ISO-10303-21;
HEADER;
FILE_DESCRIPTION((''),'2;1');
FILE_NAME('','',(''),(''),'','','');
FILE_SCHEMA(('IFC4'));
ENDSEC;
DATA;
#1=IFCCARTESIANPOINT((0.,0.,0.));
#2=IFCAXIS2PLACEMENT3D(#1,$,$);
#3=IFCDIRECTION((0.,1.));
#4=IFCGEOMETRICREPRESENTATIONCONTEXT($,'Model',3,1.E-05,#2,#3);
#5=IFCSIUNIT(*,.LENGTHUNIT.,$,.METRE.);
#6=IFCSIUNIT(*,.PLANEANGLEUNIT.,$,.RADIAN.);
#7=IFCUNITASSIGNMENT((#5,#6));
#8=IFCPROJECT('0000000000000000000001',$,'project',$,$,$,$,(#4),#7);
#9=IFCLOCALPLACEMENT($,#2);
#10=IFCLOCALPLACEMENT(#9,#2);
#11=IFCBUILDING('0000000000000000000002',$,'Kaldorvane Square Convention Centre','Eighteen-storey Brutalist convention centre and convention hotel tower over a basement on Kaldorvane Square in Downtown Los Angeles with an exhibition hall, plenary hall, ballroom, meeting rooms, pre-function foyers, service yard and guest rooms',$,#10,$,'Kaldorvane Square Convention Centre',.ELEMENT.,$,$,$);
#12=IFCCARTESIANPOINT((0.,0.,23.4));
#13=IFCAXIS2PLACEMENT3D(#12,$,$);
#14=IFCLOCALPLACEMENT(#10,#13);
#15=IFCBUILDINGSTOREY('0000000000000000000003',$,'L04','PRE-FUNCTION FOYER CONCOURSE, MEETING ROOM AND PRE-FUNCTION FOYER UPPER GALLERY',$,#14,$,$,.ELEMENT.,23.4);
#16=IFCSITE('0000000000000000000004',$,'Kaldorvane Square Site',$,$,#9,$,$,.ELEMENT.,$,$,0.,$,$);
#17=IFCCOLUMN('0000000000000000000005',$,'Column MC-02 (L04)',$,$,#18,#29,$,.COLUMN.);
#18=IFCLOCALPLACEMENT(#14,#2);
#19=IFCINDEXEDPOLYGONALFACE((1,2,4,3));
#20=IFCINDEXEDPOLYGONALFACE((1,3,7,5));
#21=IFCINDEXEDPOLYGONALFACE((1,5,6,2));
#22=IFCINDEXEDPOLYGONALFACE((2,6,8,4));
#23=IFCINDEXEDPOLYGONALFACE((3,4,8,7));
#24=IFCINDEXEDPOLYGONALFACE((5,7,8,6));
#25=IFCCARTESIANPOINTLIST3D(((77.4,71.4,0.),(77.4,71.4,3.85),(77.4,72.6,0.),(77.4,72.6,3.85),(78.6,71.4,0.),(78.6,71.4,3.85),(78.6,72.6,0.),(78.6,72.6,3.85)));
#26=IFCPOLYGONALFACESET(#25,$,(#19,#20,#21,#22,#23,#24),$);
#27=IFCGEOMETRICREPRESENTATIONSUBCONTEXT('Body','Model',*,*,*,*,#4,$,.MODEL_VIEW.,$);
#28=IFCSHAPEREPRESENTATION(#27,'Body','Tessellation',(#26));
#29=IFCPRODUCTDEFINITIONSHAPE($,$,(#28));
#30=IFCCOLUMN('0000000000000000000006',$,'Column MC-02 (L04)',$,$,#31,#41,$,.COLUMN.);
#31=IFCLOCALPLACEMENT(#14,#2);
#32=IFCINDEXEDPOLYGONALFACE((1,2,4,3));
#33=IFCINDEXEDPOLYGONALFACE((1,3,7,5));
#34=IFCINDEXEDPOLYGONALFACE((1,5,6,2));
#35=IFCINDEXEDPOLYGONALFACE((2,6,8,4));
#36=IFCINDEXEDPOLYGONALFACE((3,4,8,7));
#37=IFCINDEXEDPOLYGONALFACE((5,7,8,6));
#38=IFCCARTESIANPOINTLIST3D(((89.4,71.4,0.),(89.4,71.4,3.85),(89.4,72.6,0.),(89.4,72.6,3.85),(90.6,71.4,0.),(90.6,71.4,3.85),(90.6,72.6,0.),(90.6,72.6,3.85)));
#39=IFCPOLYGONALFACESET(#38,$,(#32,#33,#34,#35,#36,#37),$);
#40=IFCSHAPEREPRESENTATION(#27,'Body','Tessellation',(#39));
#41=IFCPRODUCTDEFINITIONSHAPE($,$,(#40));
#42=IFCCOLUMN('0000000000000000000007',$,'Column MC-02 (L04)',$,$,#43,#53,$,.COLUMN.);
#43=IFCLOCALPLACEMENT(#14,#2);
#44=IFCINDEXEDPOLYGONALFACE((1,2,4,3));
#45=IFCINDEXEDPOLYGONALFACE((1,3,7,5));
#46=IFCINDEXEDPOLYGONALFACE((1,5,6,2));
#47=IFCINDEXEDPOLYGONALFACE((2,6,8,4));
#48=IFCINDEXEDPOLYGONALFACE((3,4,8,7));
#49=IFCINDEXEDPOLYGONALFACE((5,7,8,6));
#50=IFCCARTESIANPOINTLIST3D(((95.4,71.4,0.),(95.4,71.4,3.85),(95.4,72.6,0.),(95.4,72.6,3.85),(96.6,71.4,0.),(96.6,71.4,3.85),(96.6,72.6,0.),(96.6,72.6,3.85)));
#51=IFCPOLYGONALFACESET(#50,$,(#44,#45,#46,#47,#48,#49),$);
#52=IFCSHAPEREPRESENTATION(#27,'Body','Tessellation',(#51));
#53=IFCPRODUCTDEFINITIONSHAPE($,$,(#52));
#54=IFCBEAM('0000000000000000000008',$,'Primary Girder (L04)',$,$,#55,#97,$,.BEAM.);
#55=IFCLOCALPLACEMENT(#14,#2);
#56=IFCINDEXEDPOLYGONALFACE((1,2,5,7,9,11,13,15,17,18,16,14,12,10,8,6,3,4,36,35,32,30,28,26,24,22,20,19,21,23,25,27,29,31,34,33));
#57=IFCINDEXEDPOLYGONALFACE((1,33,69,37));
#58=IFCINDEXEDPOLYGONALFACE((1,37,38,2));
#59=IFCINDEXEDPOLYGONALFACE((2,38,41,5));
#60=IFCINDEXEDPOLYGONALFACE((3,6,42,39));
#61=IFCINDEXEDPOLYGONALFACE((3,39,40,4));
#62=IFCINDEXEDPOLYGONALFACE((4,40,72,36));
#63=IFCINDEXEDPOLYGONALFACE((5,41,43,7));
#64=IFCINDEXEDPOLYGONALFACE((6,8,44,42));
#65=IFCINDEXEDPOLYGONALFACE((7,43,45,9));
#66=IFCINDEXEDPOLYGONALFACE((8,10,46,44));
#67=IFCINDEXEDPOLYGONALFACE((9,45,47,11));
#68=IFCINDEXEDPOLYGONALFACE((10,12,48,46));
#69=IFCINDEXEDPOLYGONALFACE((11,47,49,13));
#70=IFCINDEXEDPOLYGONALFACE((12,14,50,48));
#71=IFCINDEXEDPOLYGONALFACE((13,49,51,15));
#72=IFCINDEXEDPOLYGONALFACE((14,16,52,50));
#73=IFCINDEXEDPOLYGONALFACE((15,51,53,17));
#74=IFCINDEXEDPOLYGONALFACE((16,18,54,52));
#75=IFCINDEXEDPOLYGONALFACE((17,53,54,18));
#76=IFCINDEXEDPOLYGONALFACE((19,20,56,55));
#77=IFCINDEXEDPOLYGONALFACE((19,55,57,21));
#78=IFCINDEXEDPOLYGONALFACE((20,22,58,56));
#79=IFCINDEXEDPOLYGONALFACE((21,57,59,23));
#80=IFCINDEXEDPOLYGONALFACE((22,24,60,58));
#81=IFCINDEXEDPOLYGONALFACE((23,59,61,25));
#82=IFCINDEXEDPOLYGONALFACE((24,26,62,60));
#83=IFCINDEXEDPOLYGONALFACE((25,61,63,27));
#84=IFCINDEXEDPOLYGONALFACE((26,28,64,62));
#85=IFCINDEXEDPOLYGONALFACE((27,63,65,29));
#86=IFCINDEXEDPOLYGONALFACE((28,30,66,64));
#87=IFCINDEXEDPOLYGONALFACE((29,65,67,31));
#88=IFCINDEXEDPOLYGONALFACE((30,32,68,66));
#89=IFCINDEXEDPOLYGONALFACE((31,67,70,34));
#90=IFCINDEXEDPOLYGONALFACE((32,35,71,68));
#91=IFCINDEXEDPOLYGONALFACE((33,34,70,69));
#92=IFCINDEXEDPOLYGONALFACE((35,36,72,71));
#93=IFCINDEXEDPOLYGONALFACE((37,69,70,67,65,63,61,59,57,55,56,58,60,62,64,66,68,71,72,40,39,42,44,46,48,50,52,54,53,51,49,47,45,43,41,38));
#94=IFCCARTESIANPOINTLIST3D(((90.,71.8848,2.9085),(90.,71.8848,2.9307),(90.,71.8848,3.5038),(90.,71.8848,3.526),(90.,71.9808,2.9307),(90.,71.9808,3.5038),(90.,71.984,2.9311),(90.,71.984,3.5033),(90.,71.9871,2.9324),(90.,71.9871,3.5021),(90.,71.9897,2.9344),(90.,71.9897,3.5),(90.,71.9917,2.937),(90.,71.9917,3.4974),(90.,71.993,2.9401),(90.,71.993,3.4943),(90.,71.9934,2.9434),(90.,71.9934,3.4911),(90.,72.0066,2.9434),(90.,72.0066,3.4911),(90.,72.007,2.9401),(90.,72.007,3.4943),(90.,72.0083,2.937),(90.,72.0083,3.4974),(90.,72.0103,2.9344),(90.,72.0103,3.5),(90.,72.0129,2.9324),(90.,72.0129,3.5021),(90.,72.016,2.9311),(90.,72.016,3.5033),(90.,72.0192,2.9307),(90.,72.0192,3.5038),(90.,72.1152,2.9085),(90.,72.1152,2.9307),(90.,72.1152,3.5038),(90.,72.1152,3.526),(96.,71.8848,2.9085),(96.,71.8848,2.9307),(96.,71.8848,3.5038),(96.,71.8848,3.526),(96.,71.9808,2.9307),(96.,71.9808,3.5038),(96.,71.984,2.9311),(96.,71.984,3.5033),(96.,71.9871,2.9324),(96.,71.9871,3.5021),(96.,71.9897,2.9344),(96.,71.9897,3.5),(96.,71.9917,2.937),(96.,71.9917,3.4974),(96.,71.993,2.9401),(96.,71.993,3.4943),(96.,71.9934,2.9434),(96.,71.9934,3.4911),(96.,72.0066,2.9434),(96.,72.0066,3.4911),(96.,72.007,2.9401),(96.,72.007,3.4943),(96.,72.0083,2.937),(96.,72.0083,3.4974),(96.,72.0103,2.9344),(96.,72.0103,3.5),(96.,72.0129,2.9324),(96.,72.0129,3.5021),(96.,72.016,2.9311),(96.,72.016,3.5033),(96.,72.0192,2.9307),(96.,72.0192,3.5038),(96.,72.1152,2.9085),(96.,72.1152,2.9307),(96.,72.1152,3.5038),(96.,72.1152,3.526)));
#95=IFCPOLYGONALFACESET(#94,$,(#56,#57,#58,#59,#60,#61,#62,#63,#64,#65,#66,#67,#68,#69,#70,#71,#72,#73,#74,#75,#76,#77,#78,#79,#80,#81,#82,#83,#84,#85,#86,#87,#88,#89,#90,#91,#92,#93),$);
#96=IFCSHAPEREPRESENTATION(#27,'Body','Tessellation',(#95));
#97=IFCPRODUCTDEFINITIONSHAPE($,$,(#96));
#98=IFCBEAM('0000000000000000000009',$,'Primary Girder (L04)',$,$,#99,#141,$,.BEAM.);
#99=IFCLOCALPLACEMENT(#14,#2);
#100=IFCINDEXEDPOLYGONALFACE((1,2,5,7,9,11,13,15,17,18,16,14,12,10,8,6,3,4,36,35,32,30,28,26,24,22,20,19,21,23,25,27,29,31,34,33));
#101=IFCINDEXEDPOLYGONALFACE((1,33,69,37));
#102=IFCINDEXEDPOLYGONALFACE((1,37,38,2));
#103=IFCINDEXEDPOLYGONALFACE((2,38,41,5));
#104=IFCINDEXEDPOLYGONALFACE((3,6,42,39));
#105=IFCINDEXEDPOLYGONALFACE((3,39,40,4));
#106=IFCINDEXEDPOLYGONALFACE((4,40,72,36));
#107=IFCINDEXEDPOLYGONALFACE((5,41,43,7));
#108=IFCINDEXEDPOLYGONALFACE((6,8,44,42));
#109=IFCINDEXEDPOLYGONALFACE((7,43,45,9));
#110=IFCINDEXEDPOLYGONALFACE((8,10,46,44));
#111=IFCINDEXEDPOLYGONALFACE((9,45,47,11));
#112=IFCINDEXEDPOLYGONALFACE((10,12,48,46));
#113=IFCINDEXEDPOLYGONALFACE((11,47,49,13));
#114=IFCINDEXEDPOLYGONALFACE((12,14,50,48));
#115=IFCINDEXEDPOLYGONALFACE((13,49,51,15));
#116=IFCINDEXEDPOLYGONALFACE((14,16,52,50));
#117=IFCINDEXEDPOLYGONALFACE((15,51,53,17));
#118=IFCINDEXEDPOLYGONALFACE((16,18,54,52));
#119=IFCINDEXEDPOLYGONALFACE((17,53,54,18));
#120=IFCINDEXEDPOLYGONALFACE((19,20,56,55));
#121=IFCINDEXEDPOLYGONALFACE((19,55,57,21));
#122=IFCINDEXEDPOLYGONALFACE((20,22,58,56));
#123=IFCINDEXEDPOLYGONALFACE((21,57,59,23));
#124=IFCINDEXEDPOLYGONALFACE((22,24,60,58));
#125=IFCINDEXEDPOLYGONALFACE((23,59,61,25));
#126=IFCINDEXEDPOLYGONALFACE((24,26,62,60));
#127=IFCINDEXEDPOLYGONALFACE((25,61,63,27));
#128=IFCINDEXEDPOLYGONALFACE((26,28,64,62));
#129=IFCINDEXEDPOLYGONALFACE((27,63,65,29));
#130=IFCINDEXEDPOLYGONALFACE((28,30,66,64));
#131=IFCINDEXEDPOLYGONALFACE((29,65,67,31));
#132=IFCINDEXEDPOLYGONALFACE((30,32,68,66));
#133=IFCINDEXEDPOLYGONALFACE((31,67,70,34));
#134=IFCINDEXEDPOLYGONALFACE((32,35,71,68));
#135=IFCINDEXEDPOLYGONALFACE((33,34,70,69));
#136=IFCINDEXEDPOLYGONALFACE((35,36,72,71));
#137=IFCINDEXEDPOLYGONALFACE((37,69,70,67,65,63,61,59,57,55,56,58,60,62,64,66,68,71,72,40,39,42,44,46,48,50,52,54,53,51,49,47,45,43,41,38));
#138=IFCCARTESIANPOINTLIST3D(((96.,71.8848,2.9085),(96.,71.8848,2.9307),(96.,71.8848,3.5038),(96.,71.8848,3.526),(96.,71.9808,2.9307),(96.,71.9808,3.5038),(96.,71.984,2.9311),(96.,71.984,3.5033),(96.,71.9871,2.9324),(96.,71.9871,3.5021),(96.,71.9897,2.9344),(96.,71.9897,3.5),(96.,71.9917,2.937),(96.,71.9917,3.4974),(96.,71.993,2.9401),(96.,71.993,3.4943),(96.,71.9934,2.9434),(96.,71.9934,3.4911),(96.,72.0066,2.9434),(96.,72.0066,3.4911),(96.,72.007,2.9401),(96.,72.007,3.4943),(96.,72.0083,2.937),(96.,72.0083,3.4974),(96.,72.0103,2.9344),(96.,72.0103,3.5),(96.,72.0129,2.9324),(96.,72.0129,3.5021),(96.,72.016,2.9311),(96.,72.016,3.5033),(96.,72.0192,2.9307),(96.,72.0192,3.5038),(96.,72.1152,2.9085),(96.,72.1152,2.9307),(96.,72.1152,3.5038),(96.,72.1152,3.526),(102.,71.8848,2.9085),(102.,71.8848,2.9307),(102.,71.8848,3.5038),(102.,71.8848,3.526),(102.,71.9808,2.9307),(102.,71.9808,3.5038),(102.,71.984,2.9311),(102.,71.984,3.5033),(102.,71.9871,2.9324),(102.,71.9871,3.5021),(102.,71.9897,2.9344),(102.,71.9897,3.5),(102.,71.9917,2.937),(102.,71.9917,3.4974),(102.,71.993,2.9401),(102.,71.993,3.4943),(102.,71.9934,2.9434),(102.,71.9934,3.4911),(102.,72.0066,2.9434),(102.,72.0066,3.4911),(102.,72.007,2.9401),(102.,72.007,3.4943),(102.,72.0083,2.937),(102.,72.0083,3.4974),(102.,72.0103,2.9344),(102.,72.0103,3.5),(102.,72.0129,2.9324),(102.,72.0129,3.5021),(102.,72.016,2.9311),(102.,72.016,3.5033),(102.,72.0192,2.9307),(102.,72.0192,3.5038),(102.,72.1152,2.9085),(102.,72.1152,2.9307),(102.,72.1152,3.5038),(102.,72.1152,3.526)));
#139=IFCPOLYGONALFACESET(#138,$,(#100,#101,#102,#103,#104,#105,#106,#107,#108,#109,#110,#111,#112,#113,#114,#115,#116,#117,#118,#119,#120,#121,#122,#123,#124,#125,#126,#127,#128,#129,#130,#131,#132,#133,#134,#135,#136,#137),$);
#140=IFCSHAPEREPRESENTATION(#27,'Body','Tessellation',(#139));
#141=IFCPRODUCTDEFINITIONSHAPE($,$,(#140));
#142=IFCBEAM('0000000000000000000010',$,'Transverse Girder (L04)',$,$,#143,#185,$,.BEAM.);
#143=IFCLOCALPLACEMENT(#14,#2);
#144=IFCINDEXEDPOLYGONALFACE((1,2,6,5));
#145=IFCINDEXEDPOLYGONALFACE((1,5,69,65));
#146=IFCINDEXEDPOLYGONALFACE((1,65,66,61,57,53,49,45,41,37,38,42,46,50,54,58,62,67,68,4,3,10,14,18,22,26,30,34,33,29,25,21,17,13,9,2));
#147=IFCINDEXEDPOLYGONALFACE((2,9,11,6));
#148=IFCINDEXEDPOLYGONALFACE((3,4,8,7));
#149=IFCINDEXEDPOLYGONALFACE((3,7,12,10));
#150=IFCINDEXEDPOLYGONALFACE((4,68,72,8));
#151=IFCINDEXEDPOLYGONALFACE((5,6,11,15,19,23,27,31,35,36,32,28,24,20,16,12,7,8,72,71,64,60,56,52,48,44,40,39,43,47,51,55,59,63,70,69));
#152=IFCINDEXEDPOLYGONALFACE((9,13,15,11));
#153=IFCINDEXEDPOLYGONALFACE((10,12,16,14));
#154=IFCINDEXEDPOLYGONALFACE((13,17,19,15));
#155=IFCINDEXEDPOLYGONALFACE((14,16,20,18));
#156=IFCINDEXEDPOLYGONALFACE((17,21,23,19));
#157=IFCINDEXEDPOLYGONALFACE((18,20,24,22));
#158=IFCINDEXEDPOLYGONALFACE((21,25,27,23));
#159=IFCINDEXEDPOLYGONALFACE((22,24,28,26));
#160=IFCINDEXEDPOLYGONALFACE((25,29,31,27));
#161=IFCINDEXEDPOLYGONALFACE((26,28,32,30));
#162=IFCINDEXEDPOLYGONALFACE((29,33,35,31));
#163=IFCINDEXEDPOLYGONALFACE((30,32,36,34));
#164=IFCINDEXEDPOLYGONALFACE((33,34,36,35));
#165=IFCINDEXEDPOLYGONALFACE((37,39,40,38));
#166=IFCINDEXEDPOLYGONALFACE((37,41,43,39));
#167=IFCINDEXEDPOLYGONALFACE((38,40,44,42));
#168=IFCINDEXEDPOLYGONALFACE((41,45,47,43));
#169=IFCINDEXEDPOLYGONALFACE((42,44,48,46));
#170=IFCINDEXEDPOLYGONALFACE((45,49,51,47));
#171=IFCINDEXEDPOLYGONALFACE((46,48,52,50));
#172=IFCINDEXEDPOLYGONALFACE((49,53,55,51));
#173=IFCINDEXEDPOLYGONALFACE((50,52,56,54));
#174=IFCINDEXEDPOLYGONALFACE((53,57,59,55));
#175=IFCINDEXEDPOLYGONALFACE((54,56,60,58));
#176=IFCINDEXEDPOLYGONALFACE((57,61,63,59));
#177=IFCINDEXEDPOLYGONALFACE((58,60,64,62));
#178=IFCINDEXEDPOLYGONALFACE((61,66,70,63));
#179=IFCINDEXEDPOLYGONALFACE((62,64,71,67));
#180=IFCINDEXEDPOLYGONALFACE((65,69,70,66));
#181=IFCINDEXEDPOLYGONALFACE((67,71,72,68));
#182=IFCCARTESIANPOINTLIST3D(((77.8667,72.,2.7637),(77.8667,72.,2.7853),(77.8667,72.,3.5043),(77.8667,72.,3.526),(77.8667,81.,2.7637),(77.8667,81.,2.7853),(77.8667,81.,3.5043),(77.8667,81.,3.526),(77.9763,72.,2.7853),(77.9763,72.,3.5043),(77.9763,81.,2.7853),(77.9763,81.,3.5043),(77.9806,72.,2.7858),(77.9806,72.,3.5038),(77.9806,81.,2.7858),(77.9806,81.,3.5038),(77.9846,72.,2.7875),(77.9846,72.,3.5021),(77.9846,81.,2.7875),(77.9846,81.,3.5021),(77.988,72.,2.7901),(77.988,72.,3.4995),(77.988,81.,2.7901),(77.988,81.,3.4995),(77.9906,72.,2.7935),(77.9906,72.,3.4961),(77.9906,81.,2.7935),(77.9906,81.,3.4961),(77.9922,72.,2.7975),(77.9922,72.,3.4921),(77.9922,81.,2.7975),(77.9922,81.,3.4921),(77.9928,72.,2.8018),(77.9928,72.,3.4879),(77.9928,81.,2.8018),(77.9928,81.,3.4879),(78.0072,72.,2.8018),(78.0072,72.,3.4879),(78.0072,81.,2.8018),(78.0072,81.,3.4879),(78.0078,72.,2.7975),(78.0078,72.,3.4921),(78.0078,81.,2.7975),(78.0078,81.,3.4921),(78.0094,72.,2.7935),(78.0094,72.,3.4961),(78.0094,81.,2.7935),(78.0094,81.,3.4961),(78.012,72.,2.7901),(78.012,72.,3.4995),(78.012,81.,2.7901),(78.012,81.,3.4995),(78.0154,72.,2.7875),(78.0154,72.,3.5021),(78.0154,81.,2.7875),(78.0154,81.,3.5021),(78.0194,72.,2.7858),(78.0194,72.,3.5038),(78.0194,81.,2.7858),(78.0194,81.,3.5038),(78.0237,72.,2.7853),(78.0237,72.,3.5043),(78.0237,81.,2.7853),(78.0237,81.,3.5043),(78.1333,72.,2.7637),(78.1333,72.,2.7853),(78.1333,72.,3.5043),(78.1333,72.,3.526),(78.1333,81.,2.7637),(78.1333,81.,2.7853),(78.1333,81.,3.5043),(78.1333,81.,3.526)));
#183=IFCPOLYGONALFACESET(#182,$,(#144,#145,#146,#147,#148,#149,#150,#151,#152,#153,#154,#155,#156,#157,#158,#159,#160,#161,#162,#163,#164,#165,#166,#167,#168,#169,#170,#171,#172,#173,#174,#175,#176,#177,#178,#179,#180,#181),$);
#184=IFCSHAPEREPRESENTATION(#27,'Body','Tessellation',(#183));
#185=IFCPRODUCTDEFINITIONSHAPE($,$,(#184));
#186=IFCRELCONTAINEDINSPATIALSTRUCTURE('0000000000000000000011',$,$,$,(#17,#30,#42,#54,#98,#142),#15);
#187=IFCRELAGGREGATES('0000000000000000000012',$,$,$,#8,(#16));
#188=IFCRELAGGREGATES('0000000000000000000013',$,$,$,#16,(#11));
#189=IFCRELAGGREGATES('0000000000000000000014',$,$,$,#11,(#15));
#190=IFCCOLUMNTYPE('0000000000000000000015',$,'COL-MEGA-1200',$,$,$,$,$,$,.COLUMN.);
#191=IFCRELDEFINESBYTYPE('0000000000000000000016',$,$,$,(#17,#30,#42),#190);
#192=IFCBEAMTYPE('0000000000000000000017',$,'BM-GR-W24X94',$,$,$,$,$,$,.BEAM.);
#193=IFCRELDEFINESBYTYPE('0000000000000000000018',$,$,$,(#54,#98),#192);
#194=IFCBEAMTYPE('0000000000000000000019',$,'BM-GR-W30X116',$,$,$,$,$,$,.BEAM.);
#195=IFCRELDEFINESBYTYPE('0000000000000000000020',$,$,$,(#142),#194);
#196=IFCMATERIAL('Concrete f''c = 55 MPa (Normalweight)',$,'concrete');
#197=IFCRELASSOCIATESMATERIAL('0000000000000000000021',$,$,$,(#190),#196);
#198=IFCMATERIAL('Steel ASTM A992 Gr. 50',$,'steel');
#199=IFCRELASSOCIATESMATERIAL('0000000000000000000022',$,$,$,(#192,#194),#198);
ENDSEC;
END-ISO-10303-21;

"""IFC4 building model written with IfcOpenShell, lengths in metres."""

from ifc_helpers import new_model, si_unit, direction, frame, origin, origin_2d, place, context, subcontext, project, spatial, rectangle, i_section, extrude, material, material_profile, profile_set, type_object, element, save


model = new_model("IFC4")

# Units and contexts
model_context = context("Model", 3, precision=1e-05, world=origin(), true_north=direction((0.0, 1.0)))
body_context = subcontext(model_context, "Body", "Model", "MODEL_VIEW")
ifc_project = project(units=[si_unit("LENGTHUNIT", "METRE"), si_unit("PLANEANGLEUNIT", "RADIAN")], contexts=[model_context])

# Site, building, storey
site_placement = place(None, origin())
site = spatial("IfcSite", under=ifc_project, at=site_placement, Name="Kaldorvane Square Site", CompositionType="ELEMENT", RefElevation=0.0)
building_placement = place(site_placement, origin())
building = spatial("IfcBuilding", under=site, at=building_placement, Name="Kaldorvane Square Convention Centre", Description="Eighteen-storey Brutalist convention centre and convention hotel tower over a basement on Kaldorvane Square in Downtown Los Angeles with an exhibition hall, plenary hall, ballroom, meeting rooms, pre-function foyers, service yard and guest rooms", LongName="Kaldorvane Square Convention Centre", CompositionType="ELEMENT")
storey_placement = place(building_placement, frame((0.0, 0.0, 23.4)))
storey = spatial("IfcBuildingStorey", under=building, at=storey_placement, Name="L04", Description="PRE-FUNCTION FOYER CONCOURSE, MEETING ROOM AND PRE-FUNCTION FOYER UPPER GALLERY", CompositionType="ELEMENT", Elevation=23.4)

# Columns
ifc_material_1 = material(Name="Concrete f'c = 55 MPa (Normalweight)", Category="concrete")
ifc_material_profile_1 = material_profile(ifc_material_1, rectangle(XDim=1.2, YDim=1.2, at=origin_2d()), Name="RC1200X1200")
ifc_profile_set_1 = profile_set([ifc_material_profile_1], Name="Concrete f'c = 55 MPa (Normalweight)")
column_type = type_object("IfcColumnType", Name="COL-MEGA-1200", PredefinedType="COLUMN", material=ifc_profile_set_1)
for number, where, z_axis, x_axis, name in (
    (1, (78.0, 72.0, 0.0), (0.0, 0.0, 1.0), (1.0, 0.0, 0.0), "Column MC-02 (L04)"),
    (2, (90.0, 72.0, 0.0), (0.0, 0.0, 1.0), (1.0, 0.0, 0.0), "Column MC-02 (L04)"),
    (3, (96.0, 72.0, 0.0), (0.0, 0.0, 1.0), (1.0, 0.0, 0.0), "Column MC-02 (L04)"),
):
    element("IfcColumn", number, at=place(storey_placement, frame(where, z_axis=z_axis, x_axis=x_axis)), inside=storey, type_object=column_type, Name=name, PredefinedType="COLUMN", context=body_context, shape_type="SweptSolid", body=[
        extrude(rectangle(XDim=1.2, YDim=1.2, at=origin_2d()), origin(), (0.0, 0.0, 1.0), 3.85),
    ])

# Beams
ifc_material_2 = material(Name="Steel ASTM A992 Gr. 50", Category="steel")
ifc_material_profile_2 = material_profile(ifc_material_2, i_section(OverallWidth=0.2303, OverallDepth=0.6175, WebThickness=0.0131, FlangeThickness=0.0222, FilletRadius=0.0127, at=origin_2d()), Name="W24X94")
ifc_profile_set_2 = profile_set([ifc_material_profile_2], Name="Steel ASTM A992 Gr. 50")
beam_type_1 = type_object("IfcBeamType", Name="BM-GR-W24X94", PredefinedType="BEAM", material=ifc_profile_set_2)
for number, where, z_axis, x_axis, name in (
    (4, (90.0, 72.0, 3.2172), (1.0, 0.0, 0.0), (0.0, 1.0, 0.0), "Primary Girder (L04)"),
    (5, (96.0, 72.0, 3.2172), (1.0, 0.0, 0.0), (0.0, 1.0, 0.0), "Primary Girder (L04)"),
):
    element("IfcBeam", number, at=place(storey_placement, frame(where, z_axis=z_axis, x_axis=x_axis)), inside=storey, type_object=beam_type_1, Name=name, PredefinedType="BEAM", context=body_context, shape_type="SweptSolid", body=[
        extrude(i_section(OverallWidth=0.2303, OverallDepth=0.6175, WebThickness=0.0131, FlangeThickness=0.0222, FilletRadius=0.0127, at=origin_2d()), origin(), (0.0, 0.0, 1.0), 6.0),
    ])
ifc_material_profile_3 = material_profile(ifc_material_2, i_section(OverallWidth=0.2666, OverallDepth=0.7623, WebThickness=0.0144, FlangeThickness=0.0216, FilletRadius=0.0165, at=origin_2d()), Name="W30X116")
ifc_profile_set_3 = profile_set([ifc_material_profile_3], Name="Steel ASTM A992 Gr. 50")
beam_type_2 = type_object("IfcBeamType", Name="BM-GR-W30X116", PredefinedType="BEAM", material=ifc_profile_set_3)
for number, where, z_axis, x_axis, name in (
    (6, (78.0, 72.0, 3.1448), (0.0, 1.0, 0.0), (-1.0, 0.0, 0.0), "Transverse Girder (L04)"),
):
    element("IfcBeam", number, at=place(storey_placement, frame(where, z_axis=z_axis, x_axis=x_axis)), inside=storey, type_object=beam_type_2, Name=name, PredefinedType="BEAM", context=body_context, shape_type="SweptSolid", body=[
        extrude(i_section(OverallWidth=0.2666, OverallDepth=0.7623, WebThickness=0.0144, FlangeThickness=0.0216, FilletRadius=0.0165, at=origin_2d()), origin(), (0.0, 0.0, 1.0), 9.0),
    ])

save(model, "model.ifc")
